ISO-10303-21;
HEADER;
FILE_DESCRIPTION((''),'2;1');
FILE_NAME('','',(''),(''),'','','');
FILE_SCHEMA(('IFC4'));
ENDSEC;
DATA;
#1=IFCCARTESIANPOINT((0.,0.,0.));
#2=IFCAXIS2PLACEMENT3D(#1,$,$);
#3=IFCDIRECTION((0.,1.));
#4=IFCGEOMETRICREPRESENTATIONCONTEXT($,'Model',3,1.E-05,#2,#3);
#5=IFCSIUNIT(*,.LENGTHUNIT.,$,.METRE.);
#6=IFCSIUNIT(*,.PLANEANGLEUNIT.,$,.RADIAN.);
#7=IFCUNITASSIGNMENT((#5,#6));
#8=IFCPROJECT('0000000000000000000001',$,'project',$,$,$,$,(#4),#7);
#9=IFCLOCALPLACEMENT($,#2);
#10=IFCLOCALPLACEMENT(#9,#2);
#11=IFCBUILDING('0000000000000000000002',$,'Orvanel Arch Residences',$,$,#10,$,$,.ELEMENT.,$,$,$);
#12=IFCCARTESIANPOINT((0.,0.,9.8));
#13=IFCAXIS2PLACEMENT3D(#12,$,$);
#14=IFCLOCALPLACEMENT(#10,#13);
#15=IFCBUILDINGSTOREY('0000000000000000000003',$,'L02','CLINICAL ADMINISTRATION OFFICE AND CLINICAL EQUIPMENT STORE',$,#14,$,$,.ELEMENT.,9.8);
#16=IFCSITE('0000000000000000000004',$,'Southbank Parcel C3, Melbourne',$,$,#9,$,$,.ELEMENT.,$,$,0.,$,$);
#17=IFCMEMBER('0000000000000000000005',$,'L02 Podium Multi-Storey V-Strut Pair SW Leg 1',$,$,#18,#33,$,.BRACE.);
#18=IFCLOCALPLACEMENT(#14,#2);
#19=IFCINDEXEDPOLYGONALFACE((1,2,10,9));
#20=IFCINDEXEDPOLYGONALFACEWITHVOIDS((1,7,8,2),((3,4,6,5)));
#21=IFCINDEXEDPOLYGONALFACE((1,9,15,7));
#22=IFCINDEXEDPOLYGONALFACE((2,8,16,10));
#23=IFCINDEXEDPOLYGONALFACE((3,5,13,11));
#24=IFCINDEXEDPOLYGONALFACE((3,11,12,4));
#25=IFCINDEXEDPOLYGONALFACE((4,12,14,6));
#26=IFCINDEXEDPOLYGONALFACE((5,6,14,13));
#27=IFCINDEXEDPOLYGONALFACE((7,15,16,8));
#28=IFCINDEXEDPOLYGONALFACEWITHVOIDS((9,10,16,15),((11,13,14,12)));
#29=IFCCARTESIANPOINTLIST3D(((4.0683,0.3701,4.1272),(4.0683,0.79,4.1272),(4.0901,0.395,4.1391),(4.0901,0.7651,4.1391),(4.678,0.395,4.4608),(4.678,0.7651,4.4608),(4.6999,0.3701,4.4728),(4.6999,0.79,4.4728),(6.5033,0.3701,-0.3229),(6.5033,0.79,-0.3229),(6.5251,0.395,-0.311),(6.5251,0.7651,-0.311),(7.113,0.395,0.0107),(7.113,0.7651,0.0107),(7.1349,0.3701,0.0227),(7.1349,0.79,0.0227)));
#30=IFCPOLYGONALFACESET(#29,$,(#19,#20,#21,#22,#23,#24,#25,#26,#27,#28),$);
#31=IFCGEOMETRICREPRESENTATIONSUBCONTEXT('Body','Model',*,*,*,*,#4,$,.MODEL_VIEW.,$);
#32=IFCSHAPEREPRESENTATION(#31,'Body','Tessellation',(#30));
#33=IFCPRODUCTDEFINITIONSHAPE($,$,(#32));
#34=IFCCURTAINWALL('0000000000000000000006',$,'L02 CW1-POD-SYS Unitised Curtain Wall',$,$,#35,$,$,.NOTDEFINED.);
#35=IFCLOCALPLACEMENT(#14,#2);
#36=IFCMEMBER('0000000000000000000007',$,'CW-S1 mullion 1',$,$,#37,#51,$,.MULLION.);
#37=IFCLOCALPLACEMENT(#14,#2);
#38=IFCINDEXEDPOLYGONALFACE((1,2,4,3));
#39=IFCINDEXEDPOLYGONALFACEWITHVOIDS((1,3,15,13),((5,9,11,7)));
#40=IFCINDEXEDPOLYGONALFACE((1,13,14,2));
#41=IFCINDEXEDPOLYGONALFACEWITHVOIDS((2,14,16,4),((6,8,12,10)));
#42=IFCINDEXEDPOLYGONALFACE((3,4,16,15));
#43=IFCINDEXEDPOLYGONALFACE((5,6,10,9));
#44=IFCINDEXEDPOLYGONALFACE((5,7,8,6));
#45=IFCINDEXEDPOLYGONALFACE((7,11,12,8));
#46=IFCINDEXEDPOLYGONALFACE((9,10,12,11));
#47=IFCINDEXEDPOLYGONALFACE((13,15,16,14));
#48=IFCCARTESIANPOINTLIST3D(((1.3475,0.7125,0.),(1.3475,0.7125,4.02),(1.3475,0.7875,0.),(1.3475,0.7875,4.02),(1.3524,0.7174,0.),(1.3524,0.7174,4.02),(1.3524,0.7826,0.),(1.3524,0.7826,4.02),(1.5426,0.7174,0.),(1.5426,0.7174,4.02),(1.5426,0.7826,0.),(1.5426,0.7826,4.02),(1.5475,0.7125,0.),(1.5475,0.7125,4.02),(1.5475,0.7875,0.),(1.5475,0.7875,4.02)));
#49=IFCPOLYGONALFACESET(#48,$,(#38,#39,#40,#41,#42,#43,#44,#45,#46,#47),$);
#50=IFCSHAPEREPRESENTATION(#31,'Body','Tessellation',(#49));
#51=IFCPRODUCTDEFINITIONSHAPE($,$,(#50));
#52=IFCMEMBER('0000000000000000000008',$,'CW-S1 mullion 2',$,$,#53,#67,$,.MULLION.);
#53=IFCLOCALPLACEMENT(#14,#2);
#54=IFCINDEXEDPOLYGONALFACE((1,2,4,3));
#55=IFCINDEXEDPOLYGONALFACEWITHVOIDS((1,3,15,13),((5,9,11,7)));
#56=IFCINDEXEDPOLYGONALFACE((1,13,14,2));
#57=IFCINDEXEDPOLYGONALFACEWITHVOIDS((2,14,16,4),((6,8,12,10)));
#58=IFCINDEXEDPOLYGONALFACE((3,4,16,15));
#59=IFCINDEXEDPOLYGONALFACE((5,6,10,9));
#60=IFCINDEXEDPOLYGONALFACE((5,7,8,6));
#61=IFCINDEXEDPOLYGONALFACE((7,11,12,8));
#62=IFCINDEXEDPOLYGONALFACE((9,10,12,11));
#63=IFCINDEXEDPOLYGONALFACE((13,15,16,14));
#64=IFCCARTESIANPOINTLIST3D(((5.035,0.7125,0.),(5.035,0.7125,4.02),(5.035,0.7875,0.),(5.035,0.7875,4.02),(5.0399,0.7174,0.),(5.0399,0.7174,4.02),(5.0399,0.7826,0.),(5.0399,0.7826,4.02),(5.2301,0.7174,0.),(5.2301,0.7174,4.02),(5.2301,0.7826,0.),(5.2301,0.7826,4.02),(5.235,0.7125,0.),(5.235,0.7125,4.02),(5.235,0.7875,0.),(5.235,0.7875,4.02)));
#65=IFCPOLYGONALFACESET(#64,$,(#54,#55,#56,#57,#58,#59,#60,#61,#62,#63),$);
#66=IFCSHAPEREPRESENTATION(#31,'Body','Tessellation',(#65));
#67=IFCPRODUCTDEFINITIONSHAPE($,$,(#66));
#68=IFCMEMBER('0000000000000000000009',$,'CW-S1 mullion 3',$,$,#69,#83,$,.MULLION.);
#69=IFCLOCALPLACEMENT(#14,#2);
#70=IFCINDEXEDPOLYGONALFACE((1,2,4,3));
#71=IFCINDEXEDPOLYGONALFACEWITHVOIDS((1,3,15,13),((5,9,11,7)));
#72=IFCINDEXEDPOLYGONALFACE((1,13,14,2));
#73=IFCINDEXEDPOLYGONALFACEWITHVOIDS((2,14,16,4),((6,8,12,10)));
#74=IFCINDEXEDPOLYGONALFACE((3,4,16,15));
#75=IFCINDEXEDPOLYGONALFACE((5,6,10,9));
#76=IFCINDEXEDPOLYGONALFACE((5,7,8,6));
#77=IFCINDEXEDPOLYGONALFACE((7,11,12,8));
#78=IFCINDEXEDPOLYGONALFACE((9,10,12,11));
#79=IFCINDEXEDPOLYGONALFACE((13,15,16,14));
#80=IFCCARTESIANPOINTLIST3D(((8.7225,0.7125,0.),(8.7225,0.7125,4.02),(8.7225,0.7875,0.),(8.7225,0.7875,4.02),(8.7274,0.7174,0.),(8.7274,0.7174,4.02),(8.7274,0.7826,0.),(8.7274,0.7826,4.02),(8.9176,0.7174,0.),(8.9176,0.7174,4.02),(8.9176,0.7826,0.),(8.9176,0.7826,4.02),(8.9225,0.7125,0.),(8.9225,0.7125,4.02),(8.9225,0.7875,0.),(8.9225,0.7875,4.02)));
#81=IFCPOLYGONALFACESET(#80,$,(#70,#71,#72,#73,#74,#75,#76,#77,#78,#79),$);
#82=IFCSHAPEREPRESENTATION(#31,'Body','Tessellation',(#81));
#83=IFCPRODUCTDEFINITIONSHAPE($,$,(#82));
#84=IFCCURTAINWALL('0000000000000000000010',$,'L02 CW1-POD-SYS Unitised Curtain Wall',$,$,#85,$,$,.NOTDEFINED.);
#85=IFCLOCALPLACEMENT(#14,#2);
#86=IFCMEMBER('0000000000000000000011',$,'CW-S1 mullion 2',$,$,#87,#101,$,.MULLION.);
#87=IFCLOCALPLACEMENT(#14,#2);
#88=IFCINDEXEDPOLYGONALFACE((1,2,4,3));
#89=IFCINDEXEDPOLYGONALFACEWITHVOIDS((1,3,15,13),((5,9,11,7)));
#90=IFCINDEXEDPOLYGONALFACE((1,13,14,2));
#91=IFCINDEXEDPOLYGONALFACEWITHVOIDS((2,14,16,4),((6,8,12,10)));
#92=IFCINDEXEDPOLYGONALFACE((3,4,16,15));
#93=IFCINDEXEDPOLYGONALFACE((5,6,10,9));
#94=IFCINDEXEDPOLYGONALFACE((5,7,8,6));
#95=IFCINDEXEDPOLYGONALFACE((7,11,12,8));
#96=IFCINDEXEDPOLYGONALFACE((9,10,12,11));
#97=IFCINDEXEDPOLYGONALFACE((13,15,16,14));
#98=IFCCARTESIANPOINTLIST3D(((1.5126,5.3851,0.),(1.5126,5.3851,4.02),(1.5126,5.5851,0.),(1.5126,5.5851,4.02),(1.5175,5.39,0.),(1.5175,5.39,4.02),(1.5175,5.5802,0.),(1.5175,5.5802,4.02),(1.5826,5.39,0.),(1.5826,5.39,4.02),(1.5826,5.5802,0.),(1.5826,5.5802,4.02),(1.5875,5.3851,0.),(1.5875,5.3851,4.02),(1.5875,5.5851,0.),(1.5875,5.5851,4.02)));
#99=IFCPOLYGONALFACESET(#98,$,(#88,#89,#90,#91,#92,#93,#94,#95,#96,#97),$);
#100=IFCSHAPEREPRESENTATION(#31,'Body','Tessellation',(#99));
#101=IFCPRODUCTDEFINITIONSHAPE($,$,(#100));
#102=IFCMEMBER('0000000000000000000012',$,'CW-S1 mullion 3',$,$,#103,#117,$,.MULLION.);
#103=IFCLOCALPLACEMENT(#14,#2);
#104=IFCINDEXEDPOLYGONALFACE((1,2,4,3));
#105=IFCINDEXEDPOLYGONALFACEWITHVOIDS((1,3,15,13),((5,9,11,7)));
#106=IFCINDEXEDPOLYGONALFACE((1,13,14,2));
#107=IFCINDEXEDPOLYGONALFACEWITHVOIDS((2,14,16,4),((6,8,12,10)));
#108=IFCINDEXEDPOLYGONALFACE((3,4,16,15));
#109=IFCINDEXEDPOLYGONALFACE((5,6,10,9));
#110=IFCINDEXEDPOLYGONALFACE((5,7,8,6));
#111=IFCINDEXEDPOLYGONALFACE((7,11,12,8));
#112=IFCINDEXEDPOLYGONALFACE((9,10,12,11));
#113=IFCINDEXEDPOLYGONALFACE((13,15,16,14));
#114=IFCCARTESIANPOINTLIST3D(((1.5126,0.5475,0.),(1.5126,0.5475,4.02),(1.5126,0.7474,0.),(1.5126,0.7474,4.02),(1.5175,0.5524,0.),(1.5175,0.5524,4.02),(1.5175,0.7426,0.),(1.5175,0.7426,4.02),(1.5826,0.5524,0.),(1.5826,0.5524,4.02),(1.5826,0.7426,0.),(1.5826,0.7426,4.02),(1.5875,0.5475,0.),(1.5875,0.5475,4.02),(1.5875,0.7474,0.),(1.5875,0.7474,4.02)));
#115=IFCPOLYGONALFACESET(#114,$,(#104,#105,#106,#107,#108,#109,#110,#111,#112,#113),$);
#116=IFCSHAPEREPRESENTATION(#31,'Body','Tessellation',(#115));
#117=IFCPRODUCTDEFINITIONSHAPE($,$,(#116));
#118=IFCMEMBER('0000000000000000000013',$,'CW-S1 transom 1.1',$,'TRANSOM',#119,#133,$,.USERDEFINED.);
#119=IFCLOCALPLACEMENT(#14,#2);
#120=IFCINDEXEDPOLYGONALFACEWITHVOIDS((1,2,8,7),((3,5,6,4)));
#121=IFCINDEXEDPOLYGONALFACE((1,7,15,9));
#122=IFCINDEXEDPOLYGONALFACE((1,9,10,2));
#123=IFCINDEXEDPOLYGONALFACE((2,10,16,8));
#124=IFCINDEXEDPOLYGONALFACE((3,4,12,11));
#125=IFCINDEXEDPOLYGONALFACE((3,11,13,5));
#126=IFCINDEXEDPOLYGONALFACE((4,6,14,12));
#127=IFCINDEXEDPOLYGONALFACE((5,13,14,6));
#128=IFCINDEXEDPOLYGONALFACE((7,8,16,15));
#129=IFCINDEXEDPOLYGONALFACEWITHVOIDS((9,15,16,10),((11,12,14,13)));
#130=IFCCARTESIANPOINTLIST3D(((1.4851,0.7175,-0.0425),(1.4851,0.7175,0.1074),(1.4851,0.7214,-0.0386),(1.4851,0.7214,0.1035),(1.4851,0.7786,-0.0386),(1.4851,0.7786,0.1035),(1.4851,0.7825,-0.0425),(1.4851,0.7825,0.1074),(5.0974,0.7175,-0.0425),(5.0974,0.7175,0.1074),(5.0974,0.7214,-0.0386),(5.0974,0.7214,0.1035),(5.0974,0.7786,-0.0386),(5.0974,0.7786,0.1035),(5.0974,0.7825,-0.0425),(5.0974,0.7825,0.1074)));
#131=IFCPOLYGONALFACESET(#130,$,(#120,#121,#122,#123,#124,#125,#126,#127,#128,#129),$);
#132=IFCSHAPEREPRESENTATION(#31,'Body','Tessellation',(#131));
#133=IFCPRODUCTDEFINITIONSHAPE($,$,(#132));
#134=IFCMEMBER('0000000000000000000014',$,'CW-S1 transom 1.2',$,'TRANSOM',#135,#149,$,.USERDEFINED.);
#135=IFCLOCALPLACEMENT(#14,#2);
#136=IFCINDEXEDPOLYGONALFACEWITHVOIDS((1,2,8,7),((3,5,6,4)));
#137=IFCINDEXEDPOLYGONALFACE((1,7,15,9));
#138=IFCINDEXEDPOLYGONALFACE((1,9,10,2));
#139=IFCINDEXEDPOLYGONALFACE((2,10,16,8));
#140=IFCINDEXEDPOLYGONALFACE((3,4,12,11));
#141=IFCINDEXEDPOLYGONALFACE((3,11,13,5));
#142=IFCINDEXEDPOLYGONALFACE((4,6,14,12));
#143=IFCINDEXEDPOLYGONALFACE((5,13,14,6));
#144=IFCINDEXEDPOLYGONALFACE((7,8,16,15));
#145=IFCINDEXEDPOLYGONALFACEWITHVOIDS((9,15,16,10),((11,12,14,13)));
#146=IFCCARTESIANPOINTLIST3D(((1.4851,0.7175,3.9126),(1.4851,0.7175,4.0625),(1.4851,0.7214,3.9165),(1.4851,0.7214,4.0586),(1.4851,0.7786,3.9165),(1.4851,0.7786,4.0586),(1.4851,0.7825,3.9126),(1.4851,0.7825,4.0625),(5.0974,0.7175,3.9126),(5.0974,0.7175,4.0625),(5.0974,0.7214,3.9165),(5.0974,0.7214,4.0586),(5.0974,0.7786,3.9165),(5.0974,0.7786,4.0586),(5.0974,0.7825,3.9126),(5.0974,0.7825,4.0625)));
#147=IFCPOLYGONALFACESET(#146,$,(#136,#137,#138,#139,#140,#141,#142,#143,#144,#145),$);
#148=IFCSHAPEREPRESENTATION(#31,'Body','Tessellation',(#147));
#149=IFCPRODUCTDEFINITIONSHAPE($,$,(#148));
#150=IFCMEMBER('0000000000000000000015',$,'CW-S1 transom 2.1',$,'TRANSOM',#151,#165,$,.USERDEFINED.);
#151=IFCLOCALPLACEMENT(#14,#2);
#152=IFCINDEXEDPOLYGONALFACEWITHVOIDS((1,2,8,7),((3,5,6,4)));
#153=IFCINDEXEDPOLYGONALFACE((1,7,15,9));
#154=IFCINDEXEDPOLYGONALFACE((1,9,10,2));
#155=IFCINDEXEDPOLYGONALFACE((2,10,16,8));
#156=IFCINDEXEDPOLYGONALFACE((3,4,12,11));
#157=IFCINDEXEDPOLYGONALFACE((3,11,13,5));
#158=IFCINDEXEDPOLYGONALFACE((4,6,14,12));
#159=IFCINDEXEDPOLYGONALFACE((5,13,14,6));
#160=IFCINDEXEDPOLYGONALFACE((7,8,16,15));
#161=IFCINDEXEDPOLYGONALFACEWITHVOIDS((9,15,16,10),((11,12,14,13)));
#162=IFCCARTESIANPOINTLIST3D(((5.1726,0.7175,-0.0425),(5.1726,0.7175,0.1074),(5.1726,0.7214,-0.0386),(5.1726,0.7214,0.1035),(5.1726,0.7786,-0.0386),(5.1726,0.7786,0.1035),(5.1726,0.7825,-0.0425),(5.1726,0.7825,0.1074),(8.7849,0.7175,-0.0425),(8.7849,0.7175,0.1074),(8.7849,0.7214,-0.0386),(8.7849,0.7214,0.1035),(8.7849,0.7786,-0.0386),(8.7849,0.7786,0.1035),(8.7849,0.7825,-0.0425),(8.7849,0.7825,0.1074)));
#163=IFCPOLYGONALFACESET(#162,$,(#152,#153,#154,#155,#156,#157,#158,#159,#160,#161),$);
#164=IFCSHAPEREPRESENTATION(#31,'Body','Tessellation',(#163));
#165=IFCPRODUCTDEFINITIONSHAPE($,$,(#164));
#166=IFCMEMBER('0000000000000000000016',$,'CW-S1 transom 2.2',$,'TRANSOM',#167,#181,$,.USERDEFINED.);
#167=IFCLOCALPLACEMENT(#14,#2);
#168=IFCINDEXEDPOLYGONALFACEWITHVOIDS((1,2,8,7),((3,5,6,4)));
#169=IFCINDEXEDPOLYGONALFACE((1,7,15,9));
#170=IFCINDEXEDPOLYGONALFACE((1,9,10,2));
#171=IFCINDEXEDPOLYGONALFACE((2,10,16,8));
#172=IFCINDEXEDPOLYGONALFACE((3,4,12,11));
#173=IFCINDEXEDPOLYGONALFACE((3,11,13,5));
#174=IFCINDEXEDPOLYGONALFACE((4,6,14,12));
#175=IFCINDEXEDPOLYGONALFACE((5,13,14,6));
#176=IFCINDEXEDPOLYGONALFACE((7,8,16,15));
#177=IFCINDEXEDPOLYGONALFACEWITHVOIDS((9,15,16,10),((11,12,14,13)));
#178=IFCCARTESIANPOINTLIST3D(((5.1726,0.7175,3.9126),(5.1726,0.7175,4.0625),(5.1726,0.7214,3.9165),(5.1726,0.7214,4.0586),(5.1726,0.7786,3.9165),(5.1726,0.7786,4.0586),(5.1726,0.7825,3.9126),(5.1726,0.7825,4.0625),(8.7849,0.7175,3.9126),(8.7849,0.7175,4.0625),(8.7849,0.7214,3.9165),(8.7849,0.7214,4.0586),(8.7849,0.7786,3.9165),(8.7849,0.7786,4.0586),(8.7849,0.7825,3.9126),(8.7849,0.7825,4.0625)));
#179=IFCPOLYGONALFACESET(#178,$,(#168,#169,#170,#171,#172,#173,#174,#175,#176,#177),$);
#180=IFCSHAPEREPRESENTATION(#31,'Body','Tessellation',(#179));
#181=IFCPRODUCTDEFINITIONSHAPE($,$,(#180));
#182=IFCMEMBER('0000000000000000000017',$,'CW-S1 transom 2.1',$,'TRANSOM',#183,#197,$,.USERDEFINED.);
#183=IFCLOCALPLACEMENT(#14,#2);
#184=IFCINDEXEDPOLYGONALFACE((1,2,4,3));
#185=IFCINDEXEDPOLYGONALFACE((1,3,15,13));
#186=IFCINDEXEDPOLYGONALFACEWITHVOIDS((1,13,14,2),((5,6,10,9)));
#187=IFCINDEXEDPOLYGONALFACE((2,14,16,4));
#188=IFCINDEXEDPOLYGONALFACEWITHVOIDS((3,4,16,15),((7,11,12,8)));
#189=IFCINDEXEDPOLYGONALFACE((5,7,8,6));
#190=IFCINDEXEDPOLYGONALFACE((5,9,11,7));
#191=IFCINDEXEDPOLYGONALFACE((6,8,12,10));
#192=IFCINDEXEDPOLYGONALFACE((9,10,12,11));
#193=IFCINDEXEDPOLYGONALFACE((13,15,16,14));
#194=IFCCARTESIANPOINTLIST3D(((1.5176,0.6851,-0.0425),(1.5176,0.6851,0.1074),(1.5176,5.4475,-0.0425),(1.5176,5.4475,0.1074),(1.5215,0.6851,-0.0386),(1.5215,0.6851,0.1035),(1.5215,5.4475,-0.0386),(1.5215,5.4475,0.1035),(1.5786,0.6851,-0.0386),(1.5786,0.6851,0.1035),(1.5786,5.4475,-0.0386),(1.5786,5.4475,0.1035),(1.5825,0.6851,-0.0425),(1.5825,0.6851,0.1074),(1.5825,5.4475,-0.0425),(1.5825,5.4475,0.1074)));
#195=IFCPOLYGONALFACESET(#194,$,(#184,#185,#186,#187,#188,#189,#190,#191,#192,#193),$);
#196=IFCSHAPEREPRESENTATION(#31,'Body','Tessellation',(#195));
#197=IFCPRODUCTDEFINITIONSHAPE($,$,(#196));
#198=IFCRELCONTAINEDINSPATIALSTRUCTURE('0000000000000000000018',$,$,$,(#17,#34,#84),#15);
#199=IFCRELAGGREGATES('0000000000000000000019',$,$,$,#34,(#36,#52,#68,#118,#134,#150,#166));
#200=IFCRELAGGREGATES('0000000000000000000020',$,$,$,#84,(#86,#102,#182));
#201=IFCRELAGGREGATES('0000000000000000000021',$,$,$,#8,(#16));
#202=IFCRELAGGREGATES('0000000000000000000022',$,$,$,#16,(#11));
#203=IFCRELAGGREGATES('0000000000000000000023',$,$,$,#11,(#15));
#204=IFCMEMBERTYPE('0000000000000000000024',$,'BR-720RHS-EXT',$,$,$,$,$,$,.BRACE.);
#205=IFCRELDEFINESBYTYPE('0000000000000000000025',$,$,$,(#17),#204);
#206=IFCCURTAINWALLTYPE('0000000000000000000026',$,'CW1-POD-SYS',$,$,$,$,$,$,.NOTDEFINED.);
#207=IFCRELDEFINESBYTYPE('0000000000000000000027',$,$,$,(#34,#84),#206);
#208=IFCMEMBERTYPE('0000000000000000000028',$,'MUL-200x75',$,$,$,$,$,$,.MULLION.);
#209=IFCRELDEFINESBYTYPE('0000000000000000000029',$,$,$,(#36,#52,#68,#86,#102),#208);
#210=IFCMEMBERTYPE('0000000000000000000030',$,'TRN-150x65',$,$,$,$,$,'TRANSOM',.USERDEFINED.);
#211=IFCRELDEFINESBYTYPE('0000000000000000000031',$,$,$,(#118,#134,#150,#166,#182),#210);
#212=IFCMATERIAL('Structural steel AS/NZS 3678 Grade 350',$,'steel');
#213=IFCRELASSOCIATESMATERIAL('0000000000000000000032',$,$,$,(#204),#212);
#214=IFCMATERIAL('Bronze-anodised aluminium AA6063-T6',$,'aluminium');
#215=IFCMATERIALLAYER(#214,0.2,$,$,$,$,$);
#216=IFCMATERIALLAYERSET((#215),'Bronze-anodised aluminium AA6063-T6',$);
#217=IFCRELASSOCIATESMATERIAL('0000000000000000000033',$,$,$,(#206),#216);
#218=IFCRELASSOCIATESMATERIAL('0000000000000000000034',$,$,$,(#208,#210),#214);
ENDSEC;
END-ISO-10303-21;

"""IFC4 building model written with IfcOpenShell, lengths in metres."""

from ifc_helpers import new_model, si_unit, direction, frame, origin, origin_2d, place, context, subcontext, project, spatial, hollow_rectangle, extrude, material, layer, layer_set, material_profile, profile_set, type_object, element, aggregate, save


model = new_model("IFC4")

# Units and contexts
model_context = context("Model", 3, precision=1e-05, world=origin(), true_north=direction((0.0, 1.0)))
body_context = subcontext(model_context, "Body", "Model", "MODEL_VIEW")
ifc_project = project(units=[si_unit("LENGTHUNIT", "METRE"), si_unit("PLANEANGLEUNIT", "RADIAN")], contexts=[model_context])

# Site, building, storey
site_placement = place(None, origin())
site = spatial("IfcSite", under=ifc_project, at=site_placement, Name="Southbank Parcel C3, Melbourne", CompositionType="ELEMENT", RefElevation=0.0)
building_placement = place(site_placement, origin())
building = spatial("IfcBuilding", under=site, at=building_placement, Name="Orvanel Arch Residences", CompositionType="ELEMENT")
storey_placement = place(building_placement, frame((0.0, 0.0, 9.8)))
storey = spatial("IfcBuildingStorey", under=building, at=storey_placement, Name="L02", Description="CLINICAL ADMINISTRATION OFFICE AND CLINICAL EQUIPMENT STORE", CompositionType="ELEMENT", Elevation=9.8)

# Member
ifc_material_1 = material(Name="Structural steel AS/NZS 3678 Grade 350", Category="steel")
ifc_material_profile_1 = material_profile(ifc_material_1, hollow_rectangle(XDim=0.4199, YDim=0.72, WallThickness=0.0249, at=origin_2d()), Name="RHS720x420x25")
ifc_profile_set_1 = profile_set([ifc_material_profile_1], Name="Structural steel AS/NZS 3678 Grade 350")
member_type_1 = type_object("IfcMemberType", Name="BR-720RHS-EXT", PredefinedType="BRACE", material=ifc_profile_set_1)
member_1_placement = place(storey_placement, frame((6.8191, 0.5801, -0.1501), z_axis=(-0.480018, 0.0, 0.877258), x_axis=(0.0, -1.0, 0.0)))
element("IfcMember", 1, at=member_1_placement, inside=storey, type_object=member_type_1, Name="L02 Podium Multi-Storey V-Strut Pair SW Leg 1", PredefinedType="BRACE", context=body_context, shape_type="SweptSolid", body=[
    extrude(hollow_rectangle(XDim=0.4199, YDim=0.72, WallThickness=0.0249, at=origin_2d()), origin(), (0.0, 0.0, 1.0), 5.0728),
])

# Curtain walls, members
ifc_material_2 = material(Name="Bronze-anodised aluminium AA6063-T6", Category="aluminium")
ifc_layer_1 = layer(ifc_material_2, 0.2)
ifc_layer_set_1 = layer_set([ifc_layer_1], Name="Bronze-anodised aluminium AA6063-T6")
curtain_wall_type = type_object("IfcCurtainWallType", Name="CW1-POD-SYS", PredefinedType="NOTDEFINED", material=ifc_layer_set_1)
curtain_wall_1_placement = place(storey_placement, origin())
curtain_wall_1 = element("IfcCurtainWall", 2, at=curtain_wall_1_placement, inside=storey, type_object=curtain_wall_type, Name="L02 CW1-POD-SYS Unitised Curtain Wall", PredefinedType="NOTDEFINED")
ifc_material_profile_2 = material_profile(ifc_material_2, hollow_rectangle(XDim=0.075, YDim=0.2, WallThickness=0.0049, at=origin_2d()), Name="ALU200x75x5")
ifc_profile_set_2 = profile_set([ifc_material_profile_2], Name="Bronze-anodised aluminium AA6063-T6")
member_type_2 = type_object("IfcMemberType", Name="MUL-200x75", PredefinedType="MULLION", material=ifc_profile_set_2)
member_2_placement = place(storey_placement, frame((1.4475, 0.75, 0.0), z_axis=(0.0, 0.0, 1.0), x_axis=(0.0, 1.0, 0.0)))
member_2 = element("IfcMember", 3, at=member_2_placement, type_object=member_type_2, Name="CW-S1 mullion 1", PredefinedType="MULLION", context=body_context, shape_type="SweptSolid", body=[
    extrude(hollow_rectangle(XDim=0.075, YDim=0.2, WallThickness=0.0049, at=origin_2d()), origin(), (0.0, 0.0, 1.0), 4.02),
])
member_3_placement = place(storey_placement, frame((5.135, 0.75, 0.0), z_axis=(0.0, 0.0, 1.0), x_axis=(0.0, 1.0, 0.0)))
member_3 = element("IfcMember", 4, at=member_3_placement, type_object=member_type_2, Name="CW-S1 mullion 2", PredefinedType="MULLION", context=body_context, shape_type="SweptSolid", body=[
    extrude(hollow_rectangle(XDim=0.075, YDim=0.2, WallThickness=0.0049, at=origin_2d()), origin(), (0.0, 0.0, 1.0), 4.02),
])
member_4_placement = place(storey_placement, frame((8.8225, 0.75, 0.0), z_axis=(0.0, 0.0, 1.0), x_axis=(0.0, 1.0, 0.0)))
member_4 = element("IfcMember", 5, at=member_4_placement, type_object=member_type_2, Name="CW-S1 mullion 3", PredefinedType="MULLION", context=body_context, shape_type="SweptSolid", body=[
    extrude(hollow_rectangle(XDim=0.075, YDim=0.2, WallThickness=0.0049, at=origin_2d()), origin(), (0.0, 0.0, 1.0), 4.02),
])
curtain_wall_2_placement = place(storey_placement, origin())
curtain_wall_2 = element("IfcCurtainWall", 6, at=curtain_wall_2_placement, inside=storey, type_object=curtain_wall_type, Name="L02 CW1-POD-SYS Unitised Curtain Wall", PredefinedType="NOTDEFINED")
member_5_placement = place(storey_placement, frame((1.55, 5.4851, 0.0), z_axis=(0.0, 0.0, 1.0), x_axis=(1.0, 0.0, 0.0)))
member_5 = element("IfcMember", 7, at=member_5_placement, type_object=member_type_2, Name="CW-S1 mullion 2", PredefinedType="MULLION", context=body_context, shape_type="SweptSolid", body=[
    extrude(hollow_rectangle(XDim=0.075, YDim=0.2, WallThickness=0.0049, at=origin_2d()), origin(), (0.0, 0.0, 1.0), 4.02),
])
member_6_placement = place(storey_placement, frame((1.55, 0.6475, 0.0), z_axis=(0.0, 0.0, 1.0), x_axis=(1.0, 0.0, 0.0)))
member_6 = element("IfcMember", 8, at=member_6_placement, type_object=member_type_2, Name="CW-S1 mullion 3", PredefinedType="MULLION", context=body_context, shape_type="SweptSolid", body=[
    extrude(hollow_rectangle(XDim=0.075, YDim=0.2, WallThickness=0.0049, at=origin_2d()), origin(), (0.0, 0.0, 1.0), 4.02),
])

# Members
ifc_material_profile_3 = material_profile(ifc_material_2, hollow_rectangle(XDim=0.0649, YDim=0.1499, WallThickness=0.0039, at=origin_2d()), Name="ALU150x65x4")
ifc_profile_set_3 = profile_set([ifc_material_profile_3], Name="Bronze-anodised aluminium AA6063-T6")
member_type_3 = type_object("IfcMemberType", Name="TRN-150x65", ElementType="TRANSOM", PredefinedType="USERDEFINED", material=ifc_profile_set_3)
member_7_placement = place(storey_placement, frame((1.4851, 0.75, 0.0325), z_axis=(1.0, 0.0, 0.0), x_axis=(0.0, 1.0, 0.0)))
member_7 = element("IfcMember", 9, at=member_7_placement, type_object=member_type_3, Name="CW-S1 transom 1.1", ObjectType="TRANSOM", PredefinedType="USERDEFINED", context=body_context, shape_type="SweptSolid", body=[
    extrude(hollow_rectangle(XDim=0.0649, YDim=0.1499, WallThickness=0.0039, at=origin_2d()), origin(), (0.0, 0.0, 1.0), 3.6123),
])
member_8_placement = place(storey_placement, frame((1.4851, 0.75, 3.9875), z_axis=(1.0, 0.0, 0.0), x_axis=(0.0, 1.0, 0.0)))
member_8 = element("IfcMember", 10, at=member_8_placement, type_object=member_type_3, Name="CW-S1 transom 1.2", ObjectType="TRANSOM", PredefinedType="USERDEFINED", context=body_context, shape_type="SweptSolid", body=[
    extrude(hollow_rectangle(XDim=0.0649, YDim=0.1499, WallThickness=0.0039, at=origin_2d()), origin(), (0.0, 0.0, 1.0), 3.6123),
])
member_9_placement = place(storey_placement, frame((5.1726, 0.75, 0.0325), z_axis=(1.0, 0.0, 0.0), x_axis=(0.0, 1.0, 0.0)))
member_9 = element("IfcMember", 11, at=member_9_placement, type_object=member_type_3, Name="CW-S1 transom 2.1", ObjectType="TRANSOM", PredefinedType="USERDEFINED", context=body_context, shape_type="SweptSolid", body=[
    extrude(hollow_rectangle(XDim=0.0649, YDim=0.1499, WallThickness=0.0039, at=origin_2d()), origin(), (0.0, 0.0, 1.0), 3.6123),
])
member_10_placement = place(storey_placement, frame((5.1726, 0.75, 3.9875), z_axis=(1.0, 0.0, 0.0), x_axis=(0.0, 1.0, 0.0)))
member_10 = element("IfcMember", 12, at=member_10_placement, type_object=member_type_3, Name="CW-S1 transom 2.2", ObjectType="TRANSOM", PredefinedType="USERDEFINED", context=body_context, shape_type="SweptSolid", body=[
    extrude(hollow_rectangle(XDim=0.0649, YDim=0.1499, WallThickness=0.0039, at=origin_2d()), origin(), (0.0, 0.0, 1.0), 3.6123),
])
member_11_placement = place(storey_placement, frame((1.55, 5.4475, 0.0325), z_axis=(0.0, -1.0, 0.0), x_axis=(1.0, 0.0, 0.0)))
member_11 = element("IfcMember", 13, at=member_11_placement, type_object=member_type_3, Name="CW-S1 transom 2.1", ObjectType="TRANSOM", PredefinedType="USERDEFINED", context=body_context, shape_type="SweptSolid", body=[
    extrude(hollow_rectangle(XDim=0.0649, YDim=0.1499, WallThickness=0.0039, at=origin_2d()), origin(), (0.0, 0.0, 1.0), 4.7625),
])

aggregate(curtain_wall_1, [member_2, member_3, member_4, member_7, member_8, member_9, member_10])
aggregate(curtain_wall_2, [member_5, member_6, member_11])

save(model, "model.ifc")
